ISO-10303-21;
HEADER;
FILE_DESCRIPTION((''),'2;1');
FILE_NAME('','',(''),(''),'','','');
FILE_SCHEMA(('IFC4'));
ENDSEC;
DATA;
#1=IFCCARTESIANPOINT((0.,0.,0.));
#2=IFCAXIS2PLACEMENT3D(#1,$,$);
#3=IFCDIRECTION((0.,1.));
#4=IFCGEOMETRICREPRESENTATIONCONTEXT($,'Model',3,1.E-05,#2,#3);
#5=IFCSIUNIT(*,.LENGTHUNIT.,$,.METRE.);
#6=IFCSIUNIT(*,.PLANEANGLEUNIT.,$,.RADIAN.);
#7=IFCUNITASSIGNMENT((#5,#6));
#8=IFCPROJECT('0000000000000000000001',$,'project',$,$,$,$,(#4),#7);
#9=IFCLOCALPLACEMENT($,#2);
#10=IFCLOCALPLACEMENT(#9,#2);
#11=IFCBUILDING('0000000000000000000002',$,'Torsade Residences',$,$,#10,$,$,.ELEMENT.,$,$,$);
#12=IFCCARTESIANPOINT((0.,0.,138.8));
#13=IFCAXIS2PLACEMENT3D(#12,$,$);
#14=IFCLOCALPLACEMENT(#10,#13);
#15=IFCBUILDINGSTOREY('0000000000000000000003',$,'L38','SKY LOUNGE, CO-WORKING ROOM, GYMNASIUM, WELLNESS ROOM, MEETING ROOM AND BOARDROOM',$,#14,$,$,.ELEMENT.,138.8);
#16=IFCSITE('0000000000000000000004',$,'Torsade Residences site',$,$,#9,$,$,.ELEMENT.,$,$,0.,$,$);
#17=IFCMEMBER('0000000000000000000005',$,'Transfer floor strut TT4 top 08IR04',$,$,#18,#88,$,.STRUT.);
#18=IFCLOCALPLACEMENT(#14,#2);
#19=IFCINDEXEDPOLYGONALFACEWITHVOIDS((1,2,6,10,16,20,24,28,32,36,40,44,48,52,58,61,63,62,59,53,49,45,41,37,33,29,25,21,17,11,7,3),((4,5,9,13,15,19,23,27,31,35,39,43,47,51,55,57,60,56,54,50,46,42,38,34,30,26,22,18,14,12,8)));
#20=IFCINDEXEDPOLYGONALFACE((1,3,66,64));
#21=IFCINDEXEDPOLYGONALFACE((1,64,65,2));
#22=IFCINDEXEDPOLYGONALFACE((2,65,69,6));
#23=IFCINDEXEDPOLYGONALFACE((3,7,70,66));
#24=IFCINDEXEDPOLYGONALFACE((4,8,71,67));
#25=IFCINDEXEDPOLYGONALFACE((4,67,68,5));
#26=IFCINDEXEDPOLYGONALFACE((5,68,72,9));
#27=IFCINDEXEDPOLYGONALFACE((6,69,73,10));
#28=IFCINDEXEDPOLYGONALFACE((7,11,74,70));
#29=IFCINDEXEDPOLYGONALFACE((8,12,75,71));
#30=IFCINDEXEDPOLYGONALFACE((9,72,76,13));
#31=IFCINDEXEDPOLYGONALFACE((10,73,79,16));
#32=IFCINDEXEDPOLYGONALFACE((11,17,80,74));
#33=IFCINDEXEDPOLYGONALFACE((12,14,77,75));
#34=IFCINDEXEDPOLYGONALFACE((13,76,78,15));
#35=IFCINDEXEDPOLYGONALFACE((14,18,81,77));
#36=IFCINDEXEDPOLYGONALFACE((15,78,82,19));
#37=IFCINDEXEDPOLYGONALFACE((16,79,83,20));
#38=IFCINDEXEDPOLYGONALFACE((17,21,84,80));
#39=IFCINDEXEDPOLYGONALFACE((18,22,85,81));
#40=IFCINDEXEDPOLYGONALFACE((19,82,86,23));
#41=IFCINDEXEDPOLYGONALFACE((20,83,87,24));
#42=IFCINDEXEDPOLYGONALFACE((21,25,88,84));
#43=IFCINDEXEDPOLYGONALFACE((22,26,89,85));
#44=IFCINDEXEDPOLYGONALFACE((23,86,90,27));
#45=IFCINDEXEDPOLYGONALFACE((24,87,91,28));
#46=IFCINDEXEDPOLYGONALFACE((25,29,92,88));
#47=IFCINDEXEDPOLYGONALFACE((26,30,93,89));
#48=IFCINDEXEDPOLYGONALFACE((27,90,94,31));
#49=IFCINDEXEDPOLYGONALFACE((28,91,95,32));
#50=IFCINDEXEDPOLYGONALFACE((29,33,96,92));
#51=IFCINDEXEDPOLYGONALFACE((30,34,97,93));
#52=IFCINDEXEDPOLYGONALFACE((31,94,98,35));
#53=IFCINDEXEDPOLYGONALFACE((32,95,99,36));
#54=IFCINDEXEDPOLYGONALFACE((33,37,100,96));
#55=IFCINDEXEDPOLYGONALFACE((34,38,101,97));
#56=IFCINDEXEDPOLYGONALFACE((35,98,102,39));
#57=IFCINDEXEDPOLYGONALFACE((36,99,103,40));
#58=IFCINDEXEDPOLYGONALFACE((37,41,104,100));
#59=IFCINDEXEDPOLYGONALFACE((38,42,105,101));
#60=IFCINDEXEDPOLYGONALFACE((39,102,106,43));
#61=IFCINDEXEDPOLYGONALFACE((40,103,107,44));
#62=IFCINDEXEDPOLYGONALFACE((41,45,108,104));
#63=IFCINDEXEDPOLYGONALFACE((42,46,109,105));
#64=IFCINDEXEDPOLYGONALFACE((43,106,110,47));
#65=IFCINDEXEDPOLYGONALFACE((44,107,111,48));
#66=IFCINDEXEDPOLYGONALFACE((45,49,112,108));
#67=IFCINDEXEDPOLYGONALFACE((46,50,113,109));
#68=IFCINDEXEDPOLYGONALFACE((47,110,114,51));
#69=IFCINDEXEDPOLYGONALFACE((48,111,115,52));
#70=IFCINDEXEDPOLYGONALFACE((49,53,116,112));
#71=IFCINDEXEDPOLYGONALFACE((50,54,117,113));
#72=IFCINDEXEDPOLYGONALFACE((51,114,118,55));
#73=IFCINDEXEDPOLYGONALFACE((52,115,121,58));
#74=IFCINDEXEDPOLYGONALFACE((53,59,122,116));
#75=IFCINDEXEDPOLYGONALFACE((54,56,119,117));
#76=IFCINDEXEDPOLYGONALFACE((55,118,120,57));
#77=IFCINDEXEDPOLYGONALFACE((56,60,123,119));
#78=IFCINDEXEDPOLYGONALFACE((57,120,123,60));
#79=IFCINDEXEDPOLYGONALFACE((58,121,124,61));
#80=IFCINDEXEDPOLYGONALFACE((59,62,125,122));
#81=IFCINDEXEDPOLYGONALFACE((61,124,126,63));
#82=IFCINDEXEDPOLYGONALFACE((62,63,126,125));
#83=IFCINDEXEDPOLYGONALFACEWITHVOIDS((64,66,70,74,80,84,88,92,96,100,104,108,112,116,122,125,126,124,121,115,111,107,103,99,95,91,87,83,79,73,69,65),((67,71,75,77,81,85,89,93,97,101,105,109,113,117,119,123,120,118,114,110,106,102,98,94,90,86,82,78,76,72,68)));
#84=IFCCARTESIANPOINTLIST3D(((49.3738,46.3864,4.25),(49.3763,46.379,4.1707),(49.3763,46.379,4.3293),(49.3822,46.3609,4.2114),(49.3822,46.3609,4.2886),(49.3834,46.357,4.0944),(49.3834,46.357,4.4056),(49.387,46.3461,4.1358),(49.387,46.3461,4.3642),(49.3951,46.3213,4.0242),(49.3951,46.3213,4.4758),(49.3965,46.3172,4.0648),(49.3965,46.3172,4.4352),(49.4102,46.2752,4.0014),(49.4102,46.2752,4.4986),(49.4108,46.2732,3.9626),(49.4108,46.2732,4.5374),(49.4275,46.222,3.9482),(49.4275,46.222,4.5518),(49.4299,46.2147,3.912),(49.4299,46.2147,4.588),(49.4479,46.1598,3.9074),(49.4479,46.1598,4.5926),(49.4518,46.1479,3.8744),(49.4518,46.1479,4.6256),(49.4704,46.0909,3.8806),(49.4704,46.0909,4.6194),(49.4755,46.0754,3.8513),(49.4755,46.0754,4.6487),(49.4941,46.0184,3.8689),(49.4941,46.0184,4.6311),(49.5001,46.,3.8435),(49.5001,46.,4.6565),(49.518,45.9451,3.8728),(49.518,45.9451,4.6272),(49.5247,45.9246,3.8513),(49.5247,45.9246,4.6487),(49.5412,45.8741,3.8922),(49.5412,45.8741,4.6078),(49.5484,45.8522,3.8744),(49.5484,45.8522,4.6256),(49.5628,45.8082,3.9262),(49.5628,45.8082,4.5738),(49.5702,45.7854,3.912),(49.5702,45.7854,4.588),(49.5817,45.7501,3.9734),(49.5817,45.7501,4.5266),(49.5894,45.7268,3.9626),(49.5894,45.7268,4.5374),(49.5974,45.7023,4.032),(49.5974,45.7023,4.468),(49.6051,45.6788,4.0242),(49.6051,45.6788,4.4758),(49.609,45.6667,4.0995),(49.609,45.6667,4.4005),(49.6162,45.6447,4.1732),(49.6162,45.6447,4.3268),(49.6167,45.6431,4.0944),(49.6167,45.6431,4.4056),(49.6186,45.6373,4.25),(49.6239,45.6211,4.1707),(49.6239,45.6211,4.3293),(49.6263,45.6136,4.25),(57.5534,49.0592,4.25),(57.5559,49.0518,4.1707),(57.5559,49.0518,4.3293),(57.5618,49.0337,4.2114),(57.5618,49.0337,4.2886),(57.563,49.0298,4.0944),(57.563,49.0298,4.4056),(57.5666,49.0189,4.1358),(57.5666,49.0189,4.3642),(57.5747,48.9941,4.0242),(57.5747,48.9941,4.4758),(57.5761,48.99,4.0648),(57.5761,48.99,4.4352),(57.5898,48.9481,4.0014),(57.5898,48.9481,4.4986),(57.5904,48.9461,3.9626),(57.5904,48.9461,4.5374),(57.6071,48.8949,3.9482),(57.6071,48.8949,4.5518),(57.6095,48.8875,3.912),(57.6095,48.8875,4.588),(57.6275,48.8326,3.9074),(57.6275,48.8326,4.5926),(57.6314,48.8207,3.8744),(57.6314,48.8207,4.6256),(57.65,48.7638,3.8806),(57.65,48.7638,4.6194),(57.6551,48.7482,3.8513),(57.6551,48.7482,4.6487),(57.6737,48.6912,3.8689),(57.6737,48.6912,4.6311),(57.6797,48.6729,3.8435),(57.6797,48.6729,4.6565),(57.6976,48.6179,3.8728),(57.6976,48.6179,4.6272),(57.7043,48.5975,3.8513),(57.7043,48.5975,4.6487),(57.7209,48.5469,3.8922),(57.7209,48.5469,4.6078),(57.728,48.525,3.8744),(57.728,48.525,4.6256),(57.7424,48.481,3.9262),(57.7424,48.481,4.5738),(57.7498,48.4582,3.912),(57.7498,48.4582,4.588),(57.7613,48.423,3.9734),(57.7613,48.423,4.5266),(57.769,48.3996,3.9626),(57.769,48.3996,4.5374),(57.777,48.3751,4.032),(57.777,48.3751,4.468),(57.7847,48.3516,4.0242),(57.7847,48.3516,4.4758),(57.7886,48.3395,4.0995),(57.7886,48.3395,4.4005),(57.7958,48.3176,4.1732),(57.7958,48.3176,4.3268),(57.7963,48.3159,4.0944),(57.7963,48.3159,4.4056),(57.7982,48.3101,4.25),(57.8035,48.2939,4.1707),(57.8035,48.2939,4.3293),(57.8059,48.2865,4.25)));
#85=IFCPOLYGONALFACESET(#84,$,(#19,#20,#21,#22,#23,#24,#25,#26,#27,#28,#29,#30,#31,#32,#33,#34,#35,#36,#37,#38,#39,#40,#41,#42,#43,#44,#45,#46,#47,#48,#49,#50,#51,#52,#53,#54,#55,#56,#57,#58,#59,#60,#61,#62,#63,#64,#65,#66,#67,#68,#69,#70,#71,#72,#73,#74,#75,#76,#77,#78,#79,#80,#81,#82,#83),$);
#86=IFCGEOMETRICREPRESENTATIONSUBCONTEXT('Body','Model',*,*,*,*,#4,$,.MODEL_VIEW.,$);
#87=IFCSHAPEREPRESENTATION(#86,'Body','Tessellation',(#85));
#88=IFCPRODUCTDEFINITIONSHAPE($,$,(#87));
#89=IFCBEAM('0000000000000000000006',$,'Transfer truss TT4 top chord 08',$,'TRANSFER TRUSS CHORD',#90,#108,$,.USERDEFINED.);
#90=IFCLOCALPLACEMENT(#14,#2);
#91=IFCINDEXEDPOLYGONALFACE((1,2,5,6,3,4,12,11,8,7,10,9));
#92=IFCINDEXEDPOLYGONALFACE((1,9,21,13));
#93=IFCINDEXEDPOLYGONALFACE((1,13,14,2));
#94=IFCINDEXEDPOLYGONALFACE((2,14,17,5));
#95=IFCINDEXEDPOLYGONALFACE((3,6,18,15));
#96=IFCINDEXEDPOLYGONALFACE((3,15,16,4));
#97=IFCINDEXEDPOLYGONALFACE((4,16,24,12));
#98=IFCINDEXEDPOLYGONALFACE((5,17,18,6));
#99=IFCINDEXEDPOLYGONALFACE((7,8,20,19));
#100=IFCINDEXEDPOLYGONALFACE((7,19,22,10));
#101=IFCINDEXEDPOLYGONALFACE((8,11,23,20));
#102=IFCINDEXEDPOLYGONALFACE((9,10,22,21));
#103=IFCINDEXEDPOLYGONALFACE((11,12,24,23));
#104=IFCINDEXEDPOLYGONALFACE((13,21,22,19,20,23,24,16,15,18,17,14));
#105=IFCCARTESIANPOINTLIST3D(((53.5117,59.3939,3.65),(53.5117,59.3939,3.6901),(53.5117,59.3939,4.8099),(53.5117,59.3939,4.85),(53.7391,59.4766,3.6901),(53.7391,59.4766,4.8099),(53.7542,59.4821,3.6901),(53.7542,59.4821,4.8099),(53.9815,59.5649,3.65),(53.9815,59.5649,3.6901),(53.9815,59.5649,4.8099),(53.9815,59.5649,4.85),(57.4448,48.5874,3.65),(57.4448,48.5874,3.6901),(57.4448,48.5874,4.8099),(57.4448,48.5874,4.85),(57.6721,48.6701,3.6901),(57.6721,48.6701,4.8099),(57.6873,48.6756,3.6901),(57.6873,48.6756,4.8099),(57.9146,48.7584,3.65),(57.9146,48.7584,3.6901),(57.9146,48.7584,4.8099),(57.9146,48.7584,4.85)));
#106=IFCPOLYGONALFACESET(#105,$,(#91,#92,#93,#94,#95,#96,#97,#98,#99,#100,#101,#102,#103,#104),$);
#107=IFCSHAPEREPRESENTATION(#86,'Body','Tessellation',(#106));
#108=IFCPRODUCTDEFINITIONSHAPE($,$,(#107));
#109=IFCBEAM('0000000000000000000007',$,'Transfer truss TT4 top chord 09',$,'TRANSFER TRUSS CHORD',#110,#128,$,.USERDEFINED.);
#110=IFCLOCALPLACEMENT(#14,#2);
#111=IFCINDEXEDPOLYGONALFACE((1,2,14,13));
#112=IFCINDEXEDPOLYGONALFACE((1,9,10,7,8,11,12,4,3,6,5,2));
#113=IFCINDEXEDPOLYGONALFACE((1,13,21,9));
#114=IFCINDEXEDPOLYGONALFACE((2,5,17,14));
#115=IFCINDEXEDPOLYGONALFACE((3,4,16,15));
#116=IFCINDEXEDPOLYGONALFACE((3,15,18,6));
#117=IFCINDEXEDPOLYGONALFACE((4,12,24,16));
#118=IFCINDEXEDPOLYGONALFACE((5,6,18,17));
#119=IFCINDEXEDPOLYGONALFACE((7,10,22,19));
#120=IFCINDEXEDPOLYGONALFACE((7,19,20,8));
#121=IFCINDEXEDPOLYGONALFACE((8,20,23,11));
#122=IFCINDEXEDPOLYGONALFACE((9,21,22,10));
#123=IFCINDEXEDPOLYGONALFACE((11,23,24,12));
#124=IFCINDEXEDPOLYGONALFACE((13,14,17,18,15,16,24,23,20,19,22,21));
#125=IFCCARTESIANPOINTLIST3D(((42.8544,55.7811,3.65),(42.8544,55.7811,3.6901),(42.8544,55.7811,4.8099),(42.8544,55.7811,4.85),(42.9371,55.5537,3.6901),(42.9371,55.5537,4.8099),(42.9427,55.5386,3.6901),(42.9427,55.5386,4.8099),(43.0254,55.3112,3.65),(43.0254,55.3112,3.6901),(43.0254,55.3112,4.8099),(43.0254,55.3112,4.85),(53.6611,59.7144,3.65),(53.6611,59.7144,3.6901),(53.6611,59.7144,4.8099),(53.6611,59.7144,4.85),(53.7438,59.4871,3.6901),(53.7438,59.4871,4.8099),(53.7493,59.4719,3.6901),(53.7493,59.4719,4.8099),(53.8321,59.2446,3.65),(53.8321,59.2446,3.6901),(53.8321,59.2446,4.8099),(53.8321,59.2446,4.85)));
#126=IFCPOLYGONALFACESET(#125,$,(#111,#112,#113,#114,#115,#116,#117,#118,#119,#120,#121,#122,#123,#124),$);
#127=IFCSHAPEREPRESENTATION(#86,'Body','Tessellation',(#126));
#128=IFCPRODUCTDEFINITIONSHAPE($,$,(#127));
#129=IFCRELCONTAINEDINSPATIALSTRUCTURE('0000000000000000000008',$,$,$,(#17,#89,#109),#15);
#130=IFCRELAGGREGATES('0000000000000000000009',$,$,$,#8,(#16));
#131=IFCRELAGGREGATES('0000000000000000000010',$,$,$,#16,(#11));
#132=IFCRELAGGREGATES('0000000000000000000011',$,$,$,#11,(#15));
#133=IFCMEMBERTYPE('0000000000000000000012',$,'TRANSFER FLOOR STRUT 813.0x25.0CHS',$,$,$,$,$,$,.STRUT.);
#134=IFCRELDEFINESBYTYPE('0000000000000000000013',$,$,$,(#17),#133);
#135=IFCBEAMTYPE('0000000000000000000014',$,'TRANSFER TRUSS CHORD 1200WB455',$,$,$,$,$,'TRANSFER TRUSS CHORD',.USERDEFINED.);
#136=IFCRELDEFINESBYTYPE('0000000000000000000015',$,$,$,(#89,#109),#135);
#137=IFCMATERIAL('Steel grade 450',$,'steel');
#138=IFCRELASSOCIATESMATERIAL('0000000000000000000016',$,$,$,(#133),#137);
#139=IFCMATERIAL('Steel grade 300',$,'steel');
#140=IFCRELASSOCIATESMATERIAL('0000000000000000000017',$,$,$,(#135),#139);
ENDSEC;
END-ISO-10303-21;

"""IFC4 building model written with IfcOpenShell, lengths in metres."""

from ifc_helpers import new_model, si_unit, direction, frame, origin, origin_2d, place, context, subcontext, project, spatial, hollow_circle, i_section, extrude, material, material_profile, profile_set, type_object, element, save


model = new_model("IFC4")

# Units and contexts
model_context = context("Model", 3, precision=1e-05, world=origin(), true_north=direction((0.0, 1.0)))
body_context = subcontext(model_context, "Body", "Model", "MODEL_VIEW")
ifc_project = project(units=[si_unit("LENGTHUNIT", "METRE"), si_unit("PLANEANGLEUNIT", "RADIAN")], contexts=[model_context])

# Site, building, storey
site_placement = place(None, origin())
site = spatial("IfcSite", under=ifc_project, at=site_placement, Name="Torsade Residences site", CompositionType="ELEMENT", RefElevation=0.0)
building_placement = place(site_placement, origin())
building = spatial("IfcBuilding", under=site, at=building_placement, Name="Torsade Residences", CompositionType="ELEMENT")
storey_placement = place(building_placement, frame((0.0, 0.0, 138.8)))
storey = spatial("IfcBuildingStorey", under=building, at=storey_placement, Name="L38", Description="SKY LOUNGE, CO-WORKING ROOM, GYMNASIUM, WELLNESS ROOM, MEETING ROOM AND BOARDROOM", CompositionType="ELEMENT", Elevation=138.8)

# Member
ifc_material_1 = material(Name="Steel grade 450", Category="steel")
ifc_material_profile_1 = material_profile(ifc_material_1, hollow_circle(Radius=0.4065, WallThickness=0.0249, at=origin_2d()), Name="813.0x25.0CHS")
ifc_profile_set_1 = profile_set([ifc_material_profile_1], Name="Steel grade 450")
member_type_1 = type_object("IfcMemberType", Name="TRANSFER FLOOR STRUT 813.0x25.0CHS", PredefinedType="STRUT", material=ifc_profile_set_1)
member_1_placement = place(storey_placement, frame((57.6797, 48.6729, 4.25), z_axis=(-0.950539, -0.310605, 0.0), x_axis=(0.310605, -0.950539, 0.0)))
element("IfcMember", 1, at=member_1_placement, inside=storey, type_object=member_type_1, Name="Transfer floor strut TT4 top 08IR04", PredefinedType="STRUT", context=body_context, shape_type="SweptSolid", body=[
    extrude(hollow_circle(Radius=0.4065, WallThickness=0.0249, at=origin_2d()), origin(), (0.0, 0.0, 1.0), 8.6052),
])

# Beams
ifc_material_2 = material(Name="Steel grade 300", Category="steel")
ifc_material_profile_2 = material_profile(ifc_material_2, i_section(OverallWidth=0.5, OverallDepth=1.2, WebThickness=0.0161, FlangeThickness=0.04, at=origin_2d()), Name="1200WB455")
ifc_profile_set_2 = profile_set([ifc_material_profile_2], Name="Steel grade 300")
beam_type_1 = type_object("IfcBeamType", Name="TRANSFER TRUSS CHORD 1200WB455", ElementType="TRANSFER TRUSS CHORD", PredefinedType="USERDEFINED", material=ifc_profile_set_2)
beam_1_placement = place(storey_placement, frame((57.6797, 48.6729, 4.25), z_axis=(-0.342006, 0.939698, 0.0), x_axis=(-0.939698, -0.342006, 0.0)))
element("IfcBeam", 2, at=beam_1_placement, inside=storey, type_object=beam_type_1, Name="Transfer truss TT4 top chord 08", ObjectType="TRANSFER TRUSS CHORD", PredefinedType="USERDEFINED", context=body_context, shape_type="SweptSolid", body=[
    extrude(i_section(OverallWidth=0.5, OverallDepth=1.2, WebThickness=0.0161, FlangeThickness=0.04, at=origin_2d()), origin(), (0.0, 0.0, 1.0), 11.5),
])
beam_2_placement = place(storey_placement, frame((53.7466, 59.4795, 4.25), z_axis=(-0.939691, -0.342024, 0.0), x_axis=(0.342024, -0.939691, 0.0)))
element("IfcBeam", 3, at=beam_2_placement, inside=storey, type_object=beam_type_1, Name="Transfer truss TT4 top chord 09", ObjectType="TRANSFER TRUSS CHORD", PredefinedType="USERDEFINED", context=body_context, shape_type="SweptSolid", body=[
    extrude(i_section(OverallWidth=0.5, OverallDepth=1.2, WebThickness=0.0161, FlangeThickness=0.04, at=origin_2d()), origin(), (0.0, 0.0, 1.0), 11.5002),
])

save(model, "model.ifc")
